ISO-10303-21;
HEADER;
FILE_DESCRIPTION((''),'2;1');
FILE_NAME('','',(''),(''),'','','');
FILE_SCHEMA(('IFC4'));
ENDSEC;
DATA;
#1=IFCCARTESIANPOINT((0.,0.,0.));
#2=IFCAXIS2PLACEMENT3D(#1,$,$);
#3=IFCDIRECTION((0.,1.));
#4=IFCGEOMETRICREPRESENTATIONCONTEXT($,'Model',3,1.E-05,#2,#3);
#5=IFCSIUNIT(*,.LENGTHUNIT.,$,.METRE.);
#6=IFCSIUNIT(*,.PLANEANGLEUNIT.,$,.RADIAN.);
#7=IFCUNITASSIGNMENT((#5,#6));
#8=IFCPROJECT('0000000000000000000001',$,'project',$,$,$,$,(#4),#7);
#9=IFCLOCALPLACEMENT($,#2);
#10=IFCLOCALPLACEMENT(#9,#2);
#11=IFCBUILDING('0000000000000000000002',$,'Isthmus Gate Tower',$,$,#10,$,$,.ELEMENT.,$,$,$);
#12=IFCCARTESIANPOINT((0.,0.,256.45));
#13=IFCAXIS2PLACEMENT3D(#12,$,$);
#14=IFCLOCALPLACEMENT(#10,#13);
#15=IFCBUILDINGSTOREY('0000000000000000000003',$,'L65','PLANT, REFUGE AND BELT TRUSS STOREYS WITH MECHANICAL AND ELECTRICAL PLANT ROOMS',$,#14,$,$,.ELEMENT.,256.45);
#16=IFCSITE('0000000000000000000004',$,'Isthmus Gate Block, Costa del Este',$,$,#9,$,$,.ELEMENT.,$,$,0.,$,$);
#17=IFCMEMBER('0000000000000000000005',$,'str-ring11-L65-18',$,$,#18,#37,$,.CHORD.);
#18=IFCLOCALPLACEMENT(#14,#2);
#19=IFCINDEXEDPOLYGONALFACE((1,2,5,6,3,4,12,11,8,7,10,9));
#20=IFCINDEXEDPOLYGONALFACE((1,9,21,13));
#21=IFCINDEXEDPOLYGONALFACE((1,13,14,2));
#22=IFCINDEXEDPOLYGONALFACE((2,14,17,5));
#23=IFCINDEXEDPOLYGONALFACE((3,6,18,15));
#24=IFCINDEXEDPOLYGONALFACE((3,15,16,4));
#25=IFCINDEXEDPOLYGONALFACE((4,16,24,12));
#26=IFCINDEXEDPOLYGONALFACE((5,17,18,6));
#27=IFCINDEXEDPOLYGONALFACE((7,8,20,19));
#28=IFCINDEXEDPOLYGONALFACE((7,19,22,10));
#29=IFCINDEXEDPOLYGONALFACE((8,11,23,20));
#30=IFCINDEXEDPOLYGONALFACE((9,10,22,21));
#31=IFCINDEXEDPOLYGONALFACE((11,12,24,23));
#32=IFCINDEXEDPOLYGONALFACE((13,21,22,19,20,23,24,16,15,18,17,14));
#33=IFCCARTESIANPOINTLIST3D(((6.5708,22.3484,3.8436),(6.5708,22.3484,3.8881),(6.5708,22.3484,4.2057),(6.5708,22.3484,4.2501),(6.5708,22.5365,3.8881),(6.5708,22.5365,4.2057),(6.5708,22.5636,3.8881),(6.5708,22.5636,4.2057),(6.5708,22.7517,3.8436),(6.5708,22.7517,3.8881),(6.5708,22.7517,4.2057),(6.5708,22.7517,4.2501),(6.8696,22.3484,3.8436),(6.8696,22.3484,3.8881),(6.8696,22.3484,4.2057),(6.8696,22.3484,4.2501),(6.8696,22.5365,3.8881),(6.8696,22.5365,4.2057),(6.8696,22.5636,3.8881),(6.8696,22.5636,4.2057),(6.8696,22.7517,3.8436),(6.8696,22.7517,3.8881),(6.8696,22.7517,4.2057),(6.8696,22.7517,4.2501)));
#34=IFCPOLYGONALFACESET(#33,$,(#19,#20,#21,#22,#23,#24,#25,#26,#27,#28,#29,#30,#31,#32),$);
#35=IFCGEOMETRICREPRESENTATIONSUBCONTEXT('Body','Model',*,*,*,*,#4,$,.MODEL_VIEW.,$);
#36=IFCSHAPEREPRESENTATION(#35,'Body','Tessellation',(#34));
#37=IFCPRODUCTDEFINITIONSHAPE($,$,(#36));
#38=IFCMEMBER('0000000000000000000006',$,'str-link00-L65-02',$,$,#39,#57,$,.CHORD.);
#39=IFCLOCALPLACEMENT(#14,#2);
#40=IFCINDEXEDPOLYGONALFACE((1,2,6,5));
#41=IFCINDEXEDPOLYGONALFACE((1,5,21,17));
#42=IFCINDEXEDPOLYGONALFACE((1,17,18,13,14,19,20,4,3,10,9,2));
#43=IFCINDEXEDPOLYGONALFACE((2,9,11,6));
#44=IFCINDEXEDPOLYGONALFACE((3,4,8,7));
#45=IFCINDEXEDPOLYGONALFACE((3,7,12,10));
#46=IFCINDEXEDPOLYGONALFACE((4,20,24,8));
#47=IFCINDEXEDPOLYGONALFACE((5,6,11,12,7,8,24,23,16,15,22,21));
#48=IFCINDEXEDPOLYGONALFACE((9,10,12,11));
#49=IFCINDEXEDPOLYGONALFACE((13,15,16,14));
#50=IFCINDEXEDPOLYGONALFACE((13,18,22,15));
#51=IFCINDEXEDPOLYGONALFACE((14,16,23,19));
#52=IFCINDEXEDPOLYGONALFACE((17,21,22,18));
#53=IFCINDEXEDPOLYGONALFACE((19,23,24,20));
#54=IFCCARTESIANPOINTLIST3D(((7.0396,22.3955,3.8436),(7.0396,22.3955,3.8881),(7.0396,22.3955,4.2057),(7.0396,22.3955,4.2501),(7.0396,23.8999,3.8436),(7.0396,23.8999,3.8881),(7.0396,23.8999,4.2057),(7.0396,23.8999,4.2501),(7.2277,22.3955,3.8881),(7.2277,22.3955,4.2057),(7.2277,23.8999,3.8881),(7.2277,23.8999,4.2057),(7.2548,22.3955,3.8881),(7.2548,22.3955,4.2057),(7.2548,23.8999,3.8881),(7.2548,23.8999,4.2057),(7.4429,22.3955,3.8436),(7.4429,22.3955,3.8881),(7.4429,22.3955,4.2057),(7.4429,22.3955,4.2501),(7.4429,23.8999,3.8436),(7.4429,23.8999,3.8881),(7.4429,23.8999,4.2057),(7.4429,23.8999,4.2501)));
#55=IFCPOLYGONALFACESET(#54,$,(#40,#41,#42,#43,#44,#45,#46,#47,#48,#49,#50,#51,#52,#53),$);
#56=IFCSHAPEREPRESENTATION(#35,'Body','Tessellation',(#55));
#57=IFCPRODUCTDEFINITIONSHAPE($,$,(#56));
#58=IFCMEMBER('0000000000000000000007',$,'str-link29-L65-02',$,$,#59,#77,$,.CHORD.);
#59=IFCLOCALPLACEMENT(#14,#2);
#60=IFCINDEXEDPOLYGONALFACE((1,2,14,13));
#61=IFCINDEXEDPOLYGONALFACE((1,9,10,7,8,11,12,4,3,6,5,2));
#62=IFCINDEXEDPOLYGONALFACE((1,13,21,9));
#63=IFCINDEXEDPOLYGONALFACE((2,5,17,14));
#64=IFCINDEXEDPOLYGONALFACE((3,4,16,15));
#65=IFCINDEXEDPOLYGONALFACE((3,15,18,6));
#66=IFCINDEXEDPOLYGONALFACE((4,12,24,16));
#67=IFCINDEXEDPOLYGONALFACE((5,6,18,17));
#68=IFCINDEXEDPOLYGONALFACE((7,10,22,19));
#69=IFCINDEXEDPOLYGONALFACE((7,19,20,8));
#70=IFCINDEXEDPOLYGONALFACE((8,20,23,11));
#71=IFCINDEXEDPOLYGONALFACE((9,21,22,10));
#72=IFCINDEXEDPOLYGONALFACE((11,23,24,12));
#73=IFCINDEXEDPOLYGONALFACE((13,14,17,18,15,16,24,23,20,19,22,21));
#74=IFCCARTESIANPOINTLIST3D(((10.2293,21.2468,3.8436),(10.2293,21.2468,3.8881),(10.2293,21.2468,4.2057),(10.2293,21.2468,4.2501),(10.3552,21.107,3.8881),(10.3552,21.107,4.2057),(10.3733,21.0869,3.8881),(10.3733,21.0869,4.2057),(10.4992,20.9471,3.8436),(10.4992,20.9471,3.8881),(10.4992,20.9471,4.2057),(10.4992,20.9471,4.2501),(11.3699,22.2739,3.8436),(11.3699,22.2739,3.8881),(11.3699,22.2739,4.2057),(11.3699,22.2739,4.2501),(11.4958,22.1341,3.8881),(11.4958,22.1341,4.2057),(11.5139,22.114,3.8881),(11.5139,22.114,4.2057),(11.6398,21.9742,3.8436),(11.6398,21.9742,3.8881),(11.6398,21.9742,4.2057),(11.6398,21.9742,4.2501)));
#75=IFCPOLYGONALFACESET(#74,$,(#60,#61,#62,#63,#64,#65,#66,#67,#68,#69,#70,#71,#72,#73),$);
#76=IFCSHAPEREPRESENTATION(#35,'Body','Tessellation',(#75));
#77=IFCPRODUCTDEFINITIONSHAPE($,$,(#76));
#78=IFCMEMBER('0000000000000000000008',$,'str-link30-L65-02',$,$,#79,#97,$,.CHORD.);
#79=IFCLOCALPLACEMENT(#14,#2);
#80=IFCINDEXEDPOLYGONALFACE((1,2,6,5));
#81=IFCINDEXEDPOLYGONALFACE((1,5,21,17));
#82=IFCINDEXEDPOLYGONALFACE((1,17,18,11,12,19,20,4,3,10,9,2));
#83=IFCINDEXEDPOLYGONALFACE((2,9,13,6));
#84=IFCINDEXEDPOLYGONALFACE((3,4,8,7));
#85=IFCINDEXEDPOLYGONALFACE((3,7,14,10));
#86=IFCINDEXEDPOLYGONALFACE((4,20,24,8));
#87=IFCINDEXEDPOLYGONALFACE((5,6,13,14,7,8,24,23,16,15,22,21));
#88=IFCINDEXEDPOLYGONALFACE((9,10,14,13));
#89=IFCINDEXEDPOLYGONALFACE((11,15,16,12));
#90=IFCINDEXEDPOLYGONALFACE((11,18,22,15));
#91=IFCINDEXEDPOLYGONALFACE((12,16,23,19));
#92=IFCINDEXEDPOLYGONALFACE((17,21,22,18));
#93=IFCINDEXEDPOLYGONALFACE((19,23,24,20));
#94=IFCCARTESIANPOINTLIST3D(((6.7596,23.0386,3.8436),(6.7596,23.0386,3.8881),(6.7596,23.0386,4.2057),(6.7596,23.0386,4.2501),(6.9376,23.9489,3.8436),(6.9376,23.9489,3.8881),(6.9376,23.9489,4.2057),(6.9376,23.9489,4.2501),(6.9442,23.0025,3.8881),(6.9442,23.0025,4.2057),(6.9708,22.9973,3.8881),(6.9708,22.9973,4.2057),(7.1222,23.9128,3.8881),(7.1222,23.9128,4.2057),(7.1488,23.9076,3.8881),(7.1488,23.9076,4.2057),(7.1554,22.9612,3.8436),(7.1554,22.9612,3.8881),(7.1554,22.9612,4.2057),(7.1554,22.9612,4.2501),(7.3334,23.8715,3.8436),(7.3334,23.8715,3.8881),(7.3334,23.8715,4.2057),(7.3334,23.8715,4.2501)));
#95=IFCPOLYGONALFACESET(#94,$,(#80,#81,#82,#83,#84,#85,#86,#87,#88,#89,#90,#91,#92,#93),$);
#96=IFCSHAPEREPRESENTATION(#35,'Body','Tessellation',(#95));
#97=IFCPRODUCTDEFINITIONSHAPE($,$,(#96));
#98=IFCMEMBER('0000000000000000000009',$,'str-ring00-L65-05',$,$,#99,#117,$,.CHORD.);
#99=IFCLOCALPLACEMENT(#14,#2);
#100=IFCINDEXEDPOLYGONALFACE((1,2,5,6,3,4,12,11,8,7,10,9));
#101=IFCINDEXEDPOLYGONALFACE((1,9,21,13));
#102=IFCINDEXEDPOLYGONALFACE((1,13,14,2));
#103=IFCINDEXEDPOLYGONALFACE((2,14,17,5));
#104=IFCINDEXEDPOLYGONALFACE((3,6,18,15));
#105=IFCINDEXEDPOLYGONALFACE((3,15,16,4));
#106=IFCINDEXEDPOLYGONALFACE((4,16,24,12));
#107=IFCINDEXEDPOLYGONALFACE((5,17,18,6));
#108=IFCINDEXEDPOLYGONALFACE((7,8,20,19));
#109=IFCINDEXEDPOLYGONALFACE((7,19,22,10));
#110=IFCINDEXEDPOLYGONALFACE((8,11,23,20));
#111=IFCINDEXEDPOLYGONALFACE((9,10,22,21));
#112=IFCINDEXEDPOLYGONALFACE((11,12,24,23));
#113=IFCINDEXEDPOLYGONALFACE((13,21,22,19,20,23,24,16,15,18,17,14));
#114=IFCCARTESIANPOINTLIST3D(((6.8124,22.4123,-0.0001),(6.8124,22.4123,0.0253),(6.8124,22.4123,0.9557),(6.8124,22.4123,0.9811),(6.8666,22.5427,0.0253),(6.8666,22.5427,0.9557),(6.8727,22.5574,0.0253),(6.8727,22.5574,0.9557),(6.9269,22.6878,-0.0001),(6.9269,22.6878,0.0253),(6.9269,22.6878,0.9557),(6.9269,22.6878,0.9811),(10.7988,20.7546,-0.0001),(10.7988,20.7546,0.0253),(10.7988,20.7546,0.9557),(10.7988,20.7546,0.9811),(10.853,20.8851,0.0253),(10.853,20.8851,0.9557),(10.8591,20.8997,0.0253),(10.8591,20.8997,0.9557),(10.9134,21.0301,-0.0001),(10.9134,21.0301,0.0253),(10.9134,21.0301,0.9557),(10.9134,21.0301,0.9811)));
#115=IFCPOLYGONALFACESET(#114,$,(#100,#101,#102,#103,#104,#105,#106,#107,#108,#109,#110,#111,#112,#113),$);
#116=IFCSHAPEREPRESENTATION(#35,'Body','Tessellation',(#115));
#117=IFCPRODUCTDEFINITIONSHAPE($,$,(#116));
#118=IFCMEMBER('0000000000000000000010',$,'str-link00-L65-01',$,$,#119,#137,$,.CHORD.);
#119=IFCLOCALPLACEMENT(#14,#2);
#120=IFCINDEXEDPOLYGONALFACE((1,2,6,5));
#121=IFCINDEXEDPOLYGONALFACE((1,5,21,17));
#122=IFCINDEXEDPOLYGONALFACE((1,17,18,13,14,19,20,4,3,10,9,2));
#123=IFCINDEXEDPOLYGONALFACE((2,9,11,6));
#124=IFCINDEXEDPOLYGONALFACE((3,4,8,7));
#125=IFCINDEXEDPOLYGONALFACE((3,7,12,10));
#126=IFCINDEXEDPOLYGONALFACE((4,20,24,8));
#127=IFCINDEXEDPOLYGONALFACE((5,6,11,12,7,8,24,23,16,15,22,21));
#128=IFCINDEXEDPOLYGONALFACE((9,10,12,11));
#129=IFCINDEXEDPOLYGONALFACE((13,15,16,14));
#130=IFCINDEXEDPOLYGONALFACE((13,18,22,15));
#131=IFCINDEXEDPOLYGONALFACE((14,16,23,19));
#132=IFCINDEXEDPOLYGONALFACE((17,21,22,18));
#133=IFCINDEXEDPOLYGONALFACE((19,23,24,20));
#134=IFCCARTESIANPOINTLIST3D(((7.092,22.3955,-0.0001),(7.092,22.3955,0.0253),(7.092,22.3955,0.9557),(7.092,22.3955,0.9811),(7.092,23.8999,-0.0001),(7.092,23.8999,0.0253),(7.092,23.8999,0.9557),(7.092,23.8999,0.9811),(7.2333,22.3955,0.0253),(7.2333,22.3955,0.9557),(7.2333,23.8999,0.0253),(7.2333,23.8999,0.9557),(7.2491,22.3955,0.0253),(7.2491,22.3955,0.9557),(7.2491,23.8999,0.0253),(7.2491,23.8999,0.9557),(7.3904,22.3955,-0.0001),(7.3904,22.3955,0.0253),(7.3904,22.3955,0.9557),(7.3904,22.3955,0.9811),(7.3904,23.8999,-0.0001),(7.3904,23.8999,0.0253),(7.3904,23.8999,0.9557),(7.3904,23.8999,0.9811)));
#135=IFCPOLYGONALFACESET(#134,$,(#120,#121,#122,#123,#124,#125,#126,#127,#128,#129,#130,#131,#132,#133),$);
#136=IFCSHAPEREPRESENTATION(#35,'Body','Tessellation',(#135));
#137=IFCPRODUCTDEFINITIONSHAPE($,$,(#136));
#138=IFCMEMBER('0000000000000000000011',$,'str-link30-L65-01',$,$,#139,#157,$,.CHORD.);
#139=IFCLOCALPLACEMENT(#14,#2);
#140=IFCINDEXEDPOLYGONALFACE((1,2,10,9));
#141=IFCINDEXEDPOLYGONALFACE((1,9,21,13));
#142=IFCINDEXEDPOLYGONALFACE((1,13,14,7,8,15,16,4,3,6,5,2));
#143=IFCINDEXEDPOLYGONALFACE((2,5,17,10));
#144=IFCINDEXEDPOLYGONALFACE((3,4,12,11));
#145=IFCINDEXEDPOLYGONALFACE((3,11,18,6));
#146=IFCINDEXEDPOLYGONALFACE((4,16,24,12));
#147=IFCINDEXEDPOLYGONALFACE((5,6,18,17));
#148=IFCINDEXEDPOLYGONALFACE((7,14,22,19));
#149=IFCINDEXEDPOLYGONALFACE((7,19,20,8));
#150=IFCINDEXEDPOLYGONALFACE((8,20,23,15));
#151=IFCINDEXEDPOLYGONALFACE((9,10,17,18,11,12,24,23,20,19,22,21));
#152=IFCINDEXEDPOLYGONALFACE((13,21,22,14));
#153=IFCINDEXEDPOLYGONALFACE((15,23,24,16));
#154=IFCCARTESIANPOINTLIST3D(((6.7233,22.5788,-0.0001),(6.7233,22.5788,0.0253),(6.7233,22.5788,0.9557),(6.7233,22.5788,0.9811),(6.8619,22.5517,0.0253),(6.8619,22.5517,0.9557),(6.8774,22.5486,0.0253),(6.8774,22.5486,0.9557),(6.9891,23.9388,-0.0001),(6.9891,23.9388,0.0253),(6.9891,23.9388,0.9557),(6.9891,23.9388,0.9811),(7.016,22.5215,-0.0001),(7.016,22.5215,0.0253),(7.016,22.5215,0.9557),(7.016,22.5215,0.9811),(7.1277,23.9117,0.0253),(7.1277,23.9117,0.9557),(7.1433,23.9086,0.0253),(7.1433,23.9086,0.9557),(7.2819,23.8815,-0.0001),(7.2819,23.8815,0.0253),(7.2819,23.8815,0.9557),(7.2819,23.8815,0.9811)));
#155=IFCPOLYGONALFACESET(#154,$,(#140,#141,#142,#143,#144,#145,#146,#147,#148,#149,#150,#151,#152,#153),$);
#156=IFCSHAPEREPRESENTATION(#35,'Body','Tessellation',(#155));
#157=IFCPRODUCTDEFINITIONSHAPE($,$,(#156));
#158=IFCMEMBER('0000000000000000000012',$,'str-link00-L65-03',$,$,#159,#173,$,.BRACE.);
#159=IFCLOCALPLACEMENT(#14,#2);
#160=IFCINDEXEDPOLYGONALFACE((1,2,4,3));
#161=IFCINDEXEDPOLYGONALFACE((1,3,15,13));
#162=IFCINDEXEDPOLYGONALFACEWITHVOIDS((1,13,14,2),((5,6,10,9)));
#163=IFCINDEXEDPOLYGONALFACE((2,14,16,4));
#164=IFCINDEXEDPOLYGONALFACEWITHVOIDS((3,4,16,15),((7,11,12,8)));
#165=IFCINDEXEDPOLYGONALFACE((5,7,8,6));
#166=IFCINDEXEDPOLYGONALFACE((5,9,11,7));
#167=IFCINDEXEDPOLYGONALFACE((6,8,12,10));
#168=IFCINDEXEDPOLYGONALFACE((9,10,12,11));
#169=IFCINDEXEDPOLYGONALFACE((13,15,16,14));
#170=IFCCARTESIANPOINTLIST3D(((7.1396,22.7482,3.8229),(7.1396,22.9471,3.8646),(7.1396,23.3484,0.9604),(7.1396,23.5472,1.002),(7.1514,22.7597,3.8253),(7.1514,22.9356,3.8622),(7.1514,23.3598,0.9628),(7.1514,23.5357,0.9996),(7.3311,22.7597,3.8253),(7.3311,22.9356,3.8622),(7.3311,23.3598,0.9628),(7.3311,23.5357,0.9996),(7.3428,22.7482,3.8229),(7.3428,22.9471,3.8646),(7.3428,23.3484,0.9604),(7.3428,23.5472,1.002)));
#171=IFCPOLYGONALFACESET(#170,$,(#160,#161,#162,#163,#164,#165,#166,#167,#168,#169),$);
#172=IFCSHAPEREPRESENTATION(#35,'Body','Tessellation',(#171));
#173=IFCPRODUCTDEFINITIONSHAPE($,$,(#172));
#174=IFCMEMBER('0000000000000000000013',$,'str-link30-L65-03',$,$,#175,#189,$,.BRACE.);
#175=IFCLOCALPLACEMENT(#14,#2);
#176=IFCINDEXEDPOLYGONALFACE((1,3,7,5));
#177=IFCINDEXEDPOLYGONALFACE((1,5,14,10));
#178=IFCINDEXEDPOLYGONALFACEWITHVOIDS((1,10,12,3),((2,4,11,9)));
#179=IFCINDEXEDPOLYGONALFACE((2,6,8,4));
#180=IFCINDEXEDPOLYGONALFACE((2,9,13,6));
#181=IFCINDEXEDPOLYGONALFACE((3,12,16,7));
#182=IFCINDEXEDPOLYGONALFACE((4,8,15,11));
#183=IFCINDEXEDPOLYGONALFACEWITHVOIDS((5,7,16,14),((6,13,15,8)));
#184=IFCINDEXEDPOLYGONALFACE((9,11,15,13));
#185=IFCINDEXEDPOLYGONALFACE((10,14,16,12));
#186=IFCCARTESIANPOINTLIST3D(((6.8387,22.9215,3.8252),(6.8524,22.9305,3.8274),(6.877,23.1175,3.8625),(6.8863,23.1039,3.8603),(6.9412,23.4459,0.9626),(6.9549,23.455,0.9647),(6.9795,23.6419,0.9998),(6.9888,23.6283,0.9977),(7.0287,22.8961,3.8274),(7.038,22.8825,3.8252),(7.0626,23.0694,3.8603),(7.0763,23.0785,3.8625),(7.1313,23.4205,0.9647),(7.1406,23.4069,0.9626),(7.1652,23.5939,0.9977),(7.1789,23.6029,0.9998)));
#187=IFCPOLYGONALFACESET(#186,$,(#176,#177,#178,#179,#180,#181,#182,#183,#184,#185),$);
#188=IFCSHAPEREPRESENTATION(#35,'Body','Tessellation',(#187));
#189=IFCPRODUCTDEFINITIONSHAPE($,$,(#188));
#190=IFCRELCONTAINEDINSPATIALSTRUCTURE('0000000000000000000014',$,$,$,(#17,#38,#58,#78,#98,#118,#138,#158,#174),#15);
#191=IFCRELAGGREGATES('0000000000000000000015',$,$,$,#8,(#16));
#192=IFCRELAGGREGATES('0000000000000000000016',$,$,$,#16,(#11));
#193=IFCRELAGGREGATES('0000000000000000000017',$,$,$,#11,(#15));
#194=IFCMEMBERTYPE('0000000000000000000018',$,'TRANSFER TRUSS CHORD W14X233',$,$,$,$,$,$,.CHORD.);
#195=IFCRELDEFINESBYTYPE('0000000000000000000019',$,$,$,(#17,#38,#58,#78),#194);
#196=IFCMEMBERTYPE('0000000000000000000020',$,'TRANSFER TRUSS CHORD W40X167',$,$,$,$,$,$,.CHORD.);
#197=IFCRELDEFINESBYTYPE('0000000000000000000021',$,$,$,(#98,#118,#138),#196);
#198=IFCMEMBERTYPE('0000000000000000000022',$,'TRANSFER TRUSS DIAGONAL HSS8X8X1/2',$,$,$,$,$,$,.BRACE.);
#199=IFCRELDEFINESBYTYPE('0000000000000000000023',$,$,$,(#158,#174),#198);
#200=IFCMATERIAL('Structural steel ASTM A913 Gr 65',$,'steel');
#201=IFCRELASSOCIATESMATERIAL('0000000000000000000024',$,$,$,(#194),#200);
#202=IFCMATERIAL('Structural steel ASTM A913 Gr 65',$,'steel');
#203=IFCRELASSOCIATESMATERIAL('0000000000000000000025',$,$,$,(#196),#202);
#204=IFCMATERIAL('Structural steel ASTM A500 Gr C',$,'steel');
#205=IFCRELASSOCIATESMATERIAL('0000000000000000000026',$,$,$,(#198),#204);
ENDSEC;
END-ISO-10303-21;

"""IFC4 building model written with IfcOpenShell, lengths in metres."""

from ifc_helpers import new_model, si_unit, direction, frame, origin, origin_2d, place, context, subcontext, project, spatial, hollow_rectangle, i_section, extrude, material, material_profile, profile_set, type_object, element, save


model = new_model("IFC4")

# Units and contexts
model_context = context("Model", 3, precision=1e-05, world=origin(), true_north=direction((0.0, 1.0)))
body_context = subcontext(model_context, "Body", "Model", "MODEL_VIEW")
ifc_project = project(units=[si_unit("LENGTHUNIT", "METRE"), si_unit("PLANEANGLEUNIT", "RADIAN")], contexts=[model_context])

# Site, building, storey
site_placement = place(None, origin())
site = spatial("IfcSite", under=ifc_project, at=site_placement, Name="Isthmus Gate Block, Costa del Este", CompositionType="ELEMENT", RefElevation=0.0)
building_placement = place(site_placement, origin())
building = spatial("IfcBuilding", under=site, at=building_placement, Name="Isthmus Gate Tower", CompositionType="ELEMENT")
storey_placement = place(building_placement, frame((0.0, 0.0, 256.45)))
storey = spatial("IfcBuildingStorey", under=building, at=storey_placement, Name="L65", Description="PLANT, REFUGE AND BELT TRUSS STOREYS WITH MECHANICAL AND ELECTRICAL PLANT ROOMS", CompositionType="ELEMENT", Elevation=256.45)

# Members
ifc_material_1 = material(Name="Structural steel ASTM A913 Gr 65", Category="steel")
ifc_material_profile_1 = material_profile(ifc_material_1, i_section(OverallWidth=0.4033, OverallDepth=0.4065, WebThickness=0.0271, FlangeThickness=0.0444, at=origin_2d()), Name="W14X233")
ifc_profile_set_1 = profile_set([ifc_material_profile_1], Name="Structural steel ASTM A913 Gr 65")
member_type_1 = type_object("IfcMemberType", Name="TRANSFER TRUSS CHORD W14X233", PredefinedType="CHORD", material=ifc_profile_set_1)
member_1_placement = place(storey_placement, frame((6.5708, 22.55, 4.0469), z_axis=(1.0, 0.0, 0.0), x_axis=(0.0, 1.0, 0.0)))
element("IfcMember", 1, at=member_1_placement, inside=storey, type_object=member_type_1, Name="str-ring11-L65-18", PredefinedType="CHORD", context=body_context, shape_type="SweptSolid", body=[
    extrude(i_section(OverallWidth=0.4033, OverallDepth=0.4065, WebThickness=0.0271, FlangeThickness=0.0444, at=origin_2d()), origin(), (0.0, 0.0, 1.0), 0.2988),
])
member_2_placement = place(storey_placement, frame((7.2412, 23.8999, 4.0469), z_axis=(0.0, -1.0, 0.0), x_axis=(1.0, 0.0, 0.0)))
element("IfcMember", 2, at=member_2_placement, inside=storey, type_object=member_type_1, Name="str-link00-L65-02", PredefinedType="CHORD", context=body_context, shape_type="SweptSolid", body=[
    extrude(i_section(OverallWidth=0.4033, OverallDepth=0.4065, WebThickness=0.0271, FlangeThickness=0.0444, at=origin_2d()), origin(), (0.0, 0.0, 1.0), 1.5044),
])
member_3_placement = place(storey_placement, frame((11.5049, 22.124, 4.0469), z_axis=(-0.74312, -0.669158, 0.0), x_axis=(0.669158, -0.74312, 0.0)))
element("IfcMember", 3, at=member_3_placement, inside=storey, type_object=member_type_1, Name="str-link29-L65-02", PredefinedType="CHORD", context=body_context, shape_type="SweptSolid", body=[
    extrude(i_section(OverallWidth=0.4033, OverallDepth=0.4065, WebThickness=0.0271, FlangeThickness=0.0444, at=origin_2d()), origin(), (0.0, 0.0, 1.0), 1.5349),
])
member_4_placement = place(storey_placement, frame((7.1355, 23.9102, 4.0469), z_axis=(-0.191912, -0.981412, 0.0), x_axis=(0.981412, -0.191912, 0.0)))
element("IfcMember", 4, at=member_4_placement, inside=storey, type_object=member_type_1, Name="str-link30-L65-02", PredefinedType="CHORD", context=body_context, shape_type="SweptSolid", body=[
    extrude(i_section(OverallWidth=0.4033, OverallDepth=0.4065, WebThickness=0.0271, FlangeThickness=0.0444, at=origin_2d()), origin(), (0.0, 0.0, 1.0), 0.9275),
])
ifc_material_2 = material(Name="Structural steel ASTM A913 Gr 65", Category="steel")
ifc_material_profile_2 = material_profile(ifc_material_2, i_section(OverallWidth=0.2983, OverallDepth=0.9812, WebThickness=0.0159, FlangeThickness=0.0254, at=origin_2d()), Name="W40X167")
ifc_profile_set_2 = profile_set([ifc_material_profile_2], Name="Structural steel ASTM A913 Gr 65")
member_type_2 = type_object("IfcMemberType", Name="TRANSFER TRUSS CHORD W40X167", PredefinedType="CHORD", material=ifc_profile_set_2)
member_5_placement = place(storey_placement, frame((6.8696, 22.55, 0.4905), z_axis=(0.923353, -0.383953, 0.0), x_axis=(0.383953, 0.923353, 0.0)))
element("IfcMember", 5, at=member_5_placement, inside=storey, type_object=member_type_2, Name="str-ring00-L65-05", PredefinedType="CHORD", context=body_context, shape_type="SweptSolid", body=[
    extrude(i_section(OverallWidth=0.2983, OverallDepth=0.9812, WebThickness=0.0159, FlangeThickness=0.0254, at=origin_2d()), origin(), (0.0, 0.0, 1.0), 4.3174),
])
member_6_placement = place(storey_placement, frame((7.2412, 23.8999, 0.4905), z_axis=(0.0, -1.0, 0.0), x_axis=(1.0, 0.0, 0.0)))
element("IfcMember", 6, at=member_6_placement, inside=storey, type_object=member_type_2, Name="str-link00-L65-01", PredefinedType="CHORD", context=body_context, shape_type="SweptSolid", body=[
    extrude(i_section(OverallWidth=0.2983, OverallDepth=0.9812, WebThickness=0.0159, FlangeThickness=0.0254, at=origin_2d()), origin(), (0.0, 0.0, 1.0), 1.5044),
])
member_7_placement = place(storey_placement, frame((7.1355, 23.9102, 0.4905), z_axis=(-0.191846, -0.981425, 0.0), x_axis=(0.981425, -0.191846, 0.0)))
element("IfcMember", 7, at=member_7_placement, inside=storey, type_object=member_type_2, Name="str-link30-L65-01", PredefinedType="CHORD", context=body_context, shape_type="SweptSolid", body=[
    extrude(i_section(OverallWidth=0.2983, OverallDepth=0.9812, WebThickness=0.0159, FlangeThickness=0.0254, at=origin_2d()), origin(), (0.0, 0.0, 1.0), 1.3857),
])
ifc_material_3 = material(Name="Structural steel ASTM A500 Gr C", Category="steel")
ifc_material_profile_3 = material_profile(ifc_material_3, hollow_rectangle(XDim=0.2031, YDim=0.2031, WallThickness=0.0117, at=origin_2d()), Name="HSS8X8X1/2")
ifc_profile_set_3 = profile_set([ifc_material_profile_3], Name="Structural steel ASTM A500 Gr C")
member_type_3 = type_object("IfcMemberType", Name="TRANSFER TRUSS DIAGONAL HSS8X8X1/2", PredefinedType="BRACE", material=ifc_profile_set_3)
member_8_placement = place(storey_placement, frame((7.2412, 23.4478, 0.9812), z_axis=(0.0, -0.205177, 0.978725), x_axis=(1.0, 0.0, 0.0)))
element("IfcMember", 8, at=member_8_placement, inside=storey, type_object=member_type_3, Name="str-link00-L65-03", PredefinedType="BRACE", context=body_context, shape_type="SweptSolid", body=[
    extrude(hollow_rectangle(XDim=0.2031, YDim=0.2031, WallThickness=0.0117, at=origin_2d()), origin(), (0.0, 0.0, 1.0), 2.9248),
])
member_9_placement = place(storey_placement, frame((7.0601, 23.5244, 0.9812), z_axis=(-0.035213, -0.180088, 0.98302), x_axis=(0.981415, -0.191897, 0.0)))
element("IfcMember", 9, at=member_9_placement, inside=storey, type_object=member_type_3, Name="str-link30-L65-03", PredefinedType="BRACE", context=body_context, shape_type="SweptSolid", body=[
    extrude(hollow_rectangle(XDim=0.2031, YDim=0.2031, WallThickness=0.0117, at=origin_2d()), origin(), (0.0, 0.0, 1.0), 2.9121),
])

save(model, "model.ifc")
